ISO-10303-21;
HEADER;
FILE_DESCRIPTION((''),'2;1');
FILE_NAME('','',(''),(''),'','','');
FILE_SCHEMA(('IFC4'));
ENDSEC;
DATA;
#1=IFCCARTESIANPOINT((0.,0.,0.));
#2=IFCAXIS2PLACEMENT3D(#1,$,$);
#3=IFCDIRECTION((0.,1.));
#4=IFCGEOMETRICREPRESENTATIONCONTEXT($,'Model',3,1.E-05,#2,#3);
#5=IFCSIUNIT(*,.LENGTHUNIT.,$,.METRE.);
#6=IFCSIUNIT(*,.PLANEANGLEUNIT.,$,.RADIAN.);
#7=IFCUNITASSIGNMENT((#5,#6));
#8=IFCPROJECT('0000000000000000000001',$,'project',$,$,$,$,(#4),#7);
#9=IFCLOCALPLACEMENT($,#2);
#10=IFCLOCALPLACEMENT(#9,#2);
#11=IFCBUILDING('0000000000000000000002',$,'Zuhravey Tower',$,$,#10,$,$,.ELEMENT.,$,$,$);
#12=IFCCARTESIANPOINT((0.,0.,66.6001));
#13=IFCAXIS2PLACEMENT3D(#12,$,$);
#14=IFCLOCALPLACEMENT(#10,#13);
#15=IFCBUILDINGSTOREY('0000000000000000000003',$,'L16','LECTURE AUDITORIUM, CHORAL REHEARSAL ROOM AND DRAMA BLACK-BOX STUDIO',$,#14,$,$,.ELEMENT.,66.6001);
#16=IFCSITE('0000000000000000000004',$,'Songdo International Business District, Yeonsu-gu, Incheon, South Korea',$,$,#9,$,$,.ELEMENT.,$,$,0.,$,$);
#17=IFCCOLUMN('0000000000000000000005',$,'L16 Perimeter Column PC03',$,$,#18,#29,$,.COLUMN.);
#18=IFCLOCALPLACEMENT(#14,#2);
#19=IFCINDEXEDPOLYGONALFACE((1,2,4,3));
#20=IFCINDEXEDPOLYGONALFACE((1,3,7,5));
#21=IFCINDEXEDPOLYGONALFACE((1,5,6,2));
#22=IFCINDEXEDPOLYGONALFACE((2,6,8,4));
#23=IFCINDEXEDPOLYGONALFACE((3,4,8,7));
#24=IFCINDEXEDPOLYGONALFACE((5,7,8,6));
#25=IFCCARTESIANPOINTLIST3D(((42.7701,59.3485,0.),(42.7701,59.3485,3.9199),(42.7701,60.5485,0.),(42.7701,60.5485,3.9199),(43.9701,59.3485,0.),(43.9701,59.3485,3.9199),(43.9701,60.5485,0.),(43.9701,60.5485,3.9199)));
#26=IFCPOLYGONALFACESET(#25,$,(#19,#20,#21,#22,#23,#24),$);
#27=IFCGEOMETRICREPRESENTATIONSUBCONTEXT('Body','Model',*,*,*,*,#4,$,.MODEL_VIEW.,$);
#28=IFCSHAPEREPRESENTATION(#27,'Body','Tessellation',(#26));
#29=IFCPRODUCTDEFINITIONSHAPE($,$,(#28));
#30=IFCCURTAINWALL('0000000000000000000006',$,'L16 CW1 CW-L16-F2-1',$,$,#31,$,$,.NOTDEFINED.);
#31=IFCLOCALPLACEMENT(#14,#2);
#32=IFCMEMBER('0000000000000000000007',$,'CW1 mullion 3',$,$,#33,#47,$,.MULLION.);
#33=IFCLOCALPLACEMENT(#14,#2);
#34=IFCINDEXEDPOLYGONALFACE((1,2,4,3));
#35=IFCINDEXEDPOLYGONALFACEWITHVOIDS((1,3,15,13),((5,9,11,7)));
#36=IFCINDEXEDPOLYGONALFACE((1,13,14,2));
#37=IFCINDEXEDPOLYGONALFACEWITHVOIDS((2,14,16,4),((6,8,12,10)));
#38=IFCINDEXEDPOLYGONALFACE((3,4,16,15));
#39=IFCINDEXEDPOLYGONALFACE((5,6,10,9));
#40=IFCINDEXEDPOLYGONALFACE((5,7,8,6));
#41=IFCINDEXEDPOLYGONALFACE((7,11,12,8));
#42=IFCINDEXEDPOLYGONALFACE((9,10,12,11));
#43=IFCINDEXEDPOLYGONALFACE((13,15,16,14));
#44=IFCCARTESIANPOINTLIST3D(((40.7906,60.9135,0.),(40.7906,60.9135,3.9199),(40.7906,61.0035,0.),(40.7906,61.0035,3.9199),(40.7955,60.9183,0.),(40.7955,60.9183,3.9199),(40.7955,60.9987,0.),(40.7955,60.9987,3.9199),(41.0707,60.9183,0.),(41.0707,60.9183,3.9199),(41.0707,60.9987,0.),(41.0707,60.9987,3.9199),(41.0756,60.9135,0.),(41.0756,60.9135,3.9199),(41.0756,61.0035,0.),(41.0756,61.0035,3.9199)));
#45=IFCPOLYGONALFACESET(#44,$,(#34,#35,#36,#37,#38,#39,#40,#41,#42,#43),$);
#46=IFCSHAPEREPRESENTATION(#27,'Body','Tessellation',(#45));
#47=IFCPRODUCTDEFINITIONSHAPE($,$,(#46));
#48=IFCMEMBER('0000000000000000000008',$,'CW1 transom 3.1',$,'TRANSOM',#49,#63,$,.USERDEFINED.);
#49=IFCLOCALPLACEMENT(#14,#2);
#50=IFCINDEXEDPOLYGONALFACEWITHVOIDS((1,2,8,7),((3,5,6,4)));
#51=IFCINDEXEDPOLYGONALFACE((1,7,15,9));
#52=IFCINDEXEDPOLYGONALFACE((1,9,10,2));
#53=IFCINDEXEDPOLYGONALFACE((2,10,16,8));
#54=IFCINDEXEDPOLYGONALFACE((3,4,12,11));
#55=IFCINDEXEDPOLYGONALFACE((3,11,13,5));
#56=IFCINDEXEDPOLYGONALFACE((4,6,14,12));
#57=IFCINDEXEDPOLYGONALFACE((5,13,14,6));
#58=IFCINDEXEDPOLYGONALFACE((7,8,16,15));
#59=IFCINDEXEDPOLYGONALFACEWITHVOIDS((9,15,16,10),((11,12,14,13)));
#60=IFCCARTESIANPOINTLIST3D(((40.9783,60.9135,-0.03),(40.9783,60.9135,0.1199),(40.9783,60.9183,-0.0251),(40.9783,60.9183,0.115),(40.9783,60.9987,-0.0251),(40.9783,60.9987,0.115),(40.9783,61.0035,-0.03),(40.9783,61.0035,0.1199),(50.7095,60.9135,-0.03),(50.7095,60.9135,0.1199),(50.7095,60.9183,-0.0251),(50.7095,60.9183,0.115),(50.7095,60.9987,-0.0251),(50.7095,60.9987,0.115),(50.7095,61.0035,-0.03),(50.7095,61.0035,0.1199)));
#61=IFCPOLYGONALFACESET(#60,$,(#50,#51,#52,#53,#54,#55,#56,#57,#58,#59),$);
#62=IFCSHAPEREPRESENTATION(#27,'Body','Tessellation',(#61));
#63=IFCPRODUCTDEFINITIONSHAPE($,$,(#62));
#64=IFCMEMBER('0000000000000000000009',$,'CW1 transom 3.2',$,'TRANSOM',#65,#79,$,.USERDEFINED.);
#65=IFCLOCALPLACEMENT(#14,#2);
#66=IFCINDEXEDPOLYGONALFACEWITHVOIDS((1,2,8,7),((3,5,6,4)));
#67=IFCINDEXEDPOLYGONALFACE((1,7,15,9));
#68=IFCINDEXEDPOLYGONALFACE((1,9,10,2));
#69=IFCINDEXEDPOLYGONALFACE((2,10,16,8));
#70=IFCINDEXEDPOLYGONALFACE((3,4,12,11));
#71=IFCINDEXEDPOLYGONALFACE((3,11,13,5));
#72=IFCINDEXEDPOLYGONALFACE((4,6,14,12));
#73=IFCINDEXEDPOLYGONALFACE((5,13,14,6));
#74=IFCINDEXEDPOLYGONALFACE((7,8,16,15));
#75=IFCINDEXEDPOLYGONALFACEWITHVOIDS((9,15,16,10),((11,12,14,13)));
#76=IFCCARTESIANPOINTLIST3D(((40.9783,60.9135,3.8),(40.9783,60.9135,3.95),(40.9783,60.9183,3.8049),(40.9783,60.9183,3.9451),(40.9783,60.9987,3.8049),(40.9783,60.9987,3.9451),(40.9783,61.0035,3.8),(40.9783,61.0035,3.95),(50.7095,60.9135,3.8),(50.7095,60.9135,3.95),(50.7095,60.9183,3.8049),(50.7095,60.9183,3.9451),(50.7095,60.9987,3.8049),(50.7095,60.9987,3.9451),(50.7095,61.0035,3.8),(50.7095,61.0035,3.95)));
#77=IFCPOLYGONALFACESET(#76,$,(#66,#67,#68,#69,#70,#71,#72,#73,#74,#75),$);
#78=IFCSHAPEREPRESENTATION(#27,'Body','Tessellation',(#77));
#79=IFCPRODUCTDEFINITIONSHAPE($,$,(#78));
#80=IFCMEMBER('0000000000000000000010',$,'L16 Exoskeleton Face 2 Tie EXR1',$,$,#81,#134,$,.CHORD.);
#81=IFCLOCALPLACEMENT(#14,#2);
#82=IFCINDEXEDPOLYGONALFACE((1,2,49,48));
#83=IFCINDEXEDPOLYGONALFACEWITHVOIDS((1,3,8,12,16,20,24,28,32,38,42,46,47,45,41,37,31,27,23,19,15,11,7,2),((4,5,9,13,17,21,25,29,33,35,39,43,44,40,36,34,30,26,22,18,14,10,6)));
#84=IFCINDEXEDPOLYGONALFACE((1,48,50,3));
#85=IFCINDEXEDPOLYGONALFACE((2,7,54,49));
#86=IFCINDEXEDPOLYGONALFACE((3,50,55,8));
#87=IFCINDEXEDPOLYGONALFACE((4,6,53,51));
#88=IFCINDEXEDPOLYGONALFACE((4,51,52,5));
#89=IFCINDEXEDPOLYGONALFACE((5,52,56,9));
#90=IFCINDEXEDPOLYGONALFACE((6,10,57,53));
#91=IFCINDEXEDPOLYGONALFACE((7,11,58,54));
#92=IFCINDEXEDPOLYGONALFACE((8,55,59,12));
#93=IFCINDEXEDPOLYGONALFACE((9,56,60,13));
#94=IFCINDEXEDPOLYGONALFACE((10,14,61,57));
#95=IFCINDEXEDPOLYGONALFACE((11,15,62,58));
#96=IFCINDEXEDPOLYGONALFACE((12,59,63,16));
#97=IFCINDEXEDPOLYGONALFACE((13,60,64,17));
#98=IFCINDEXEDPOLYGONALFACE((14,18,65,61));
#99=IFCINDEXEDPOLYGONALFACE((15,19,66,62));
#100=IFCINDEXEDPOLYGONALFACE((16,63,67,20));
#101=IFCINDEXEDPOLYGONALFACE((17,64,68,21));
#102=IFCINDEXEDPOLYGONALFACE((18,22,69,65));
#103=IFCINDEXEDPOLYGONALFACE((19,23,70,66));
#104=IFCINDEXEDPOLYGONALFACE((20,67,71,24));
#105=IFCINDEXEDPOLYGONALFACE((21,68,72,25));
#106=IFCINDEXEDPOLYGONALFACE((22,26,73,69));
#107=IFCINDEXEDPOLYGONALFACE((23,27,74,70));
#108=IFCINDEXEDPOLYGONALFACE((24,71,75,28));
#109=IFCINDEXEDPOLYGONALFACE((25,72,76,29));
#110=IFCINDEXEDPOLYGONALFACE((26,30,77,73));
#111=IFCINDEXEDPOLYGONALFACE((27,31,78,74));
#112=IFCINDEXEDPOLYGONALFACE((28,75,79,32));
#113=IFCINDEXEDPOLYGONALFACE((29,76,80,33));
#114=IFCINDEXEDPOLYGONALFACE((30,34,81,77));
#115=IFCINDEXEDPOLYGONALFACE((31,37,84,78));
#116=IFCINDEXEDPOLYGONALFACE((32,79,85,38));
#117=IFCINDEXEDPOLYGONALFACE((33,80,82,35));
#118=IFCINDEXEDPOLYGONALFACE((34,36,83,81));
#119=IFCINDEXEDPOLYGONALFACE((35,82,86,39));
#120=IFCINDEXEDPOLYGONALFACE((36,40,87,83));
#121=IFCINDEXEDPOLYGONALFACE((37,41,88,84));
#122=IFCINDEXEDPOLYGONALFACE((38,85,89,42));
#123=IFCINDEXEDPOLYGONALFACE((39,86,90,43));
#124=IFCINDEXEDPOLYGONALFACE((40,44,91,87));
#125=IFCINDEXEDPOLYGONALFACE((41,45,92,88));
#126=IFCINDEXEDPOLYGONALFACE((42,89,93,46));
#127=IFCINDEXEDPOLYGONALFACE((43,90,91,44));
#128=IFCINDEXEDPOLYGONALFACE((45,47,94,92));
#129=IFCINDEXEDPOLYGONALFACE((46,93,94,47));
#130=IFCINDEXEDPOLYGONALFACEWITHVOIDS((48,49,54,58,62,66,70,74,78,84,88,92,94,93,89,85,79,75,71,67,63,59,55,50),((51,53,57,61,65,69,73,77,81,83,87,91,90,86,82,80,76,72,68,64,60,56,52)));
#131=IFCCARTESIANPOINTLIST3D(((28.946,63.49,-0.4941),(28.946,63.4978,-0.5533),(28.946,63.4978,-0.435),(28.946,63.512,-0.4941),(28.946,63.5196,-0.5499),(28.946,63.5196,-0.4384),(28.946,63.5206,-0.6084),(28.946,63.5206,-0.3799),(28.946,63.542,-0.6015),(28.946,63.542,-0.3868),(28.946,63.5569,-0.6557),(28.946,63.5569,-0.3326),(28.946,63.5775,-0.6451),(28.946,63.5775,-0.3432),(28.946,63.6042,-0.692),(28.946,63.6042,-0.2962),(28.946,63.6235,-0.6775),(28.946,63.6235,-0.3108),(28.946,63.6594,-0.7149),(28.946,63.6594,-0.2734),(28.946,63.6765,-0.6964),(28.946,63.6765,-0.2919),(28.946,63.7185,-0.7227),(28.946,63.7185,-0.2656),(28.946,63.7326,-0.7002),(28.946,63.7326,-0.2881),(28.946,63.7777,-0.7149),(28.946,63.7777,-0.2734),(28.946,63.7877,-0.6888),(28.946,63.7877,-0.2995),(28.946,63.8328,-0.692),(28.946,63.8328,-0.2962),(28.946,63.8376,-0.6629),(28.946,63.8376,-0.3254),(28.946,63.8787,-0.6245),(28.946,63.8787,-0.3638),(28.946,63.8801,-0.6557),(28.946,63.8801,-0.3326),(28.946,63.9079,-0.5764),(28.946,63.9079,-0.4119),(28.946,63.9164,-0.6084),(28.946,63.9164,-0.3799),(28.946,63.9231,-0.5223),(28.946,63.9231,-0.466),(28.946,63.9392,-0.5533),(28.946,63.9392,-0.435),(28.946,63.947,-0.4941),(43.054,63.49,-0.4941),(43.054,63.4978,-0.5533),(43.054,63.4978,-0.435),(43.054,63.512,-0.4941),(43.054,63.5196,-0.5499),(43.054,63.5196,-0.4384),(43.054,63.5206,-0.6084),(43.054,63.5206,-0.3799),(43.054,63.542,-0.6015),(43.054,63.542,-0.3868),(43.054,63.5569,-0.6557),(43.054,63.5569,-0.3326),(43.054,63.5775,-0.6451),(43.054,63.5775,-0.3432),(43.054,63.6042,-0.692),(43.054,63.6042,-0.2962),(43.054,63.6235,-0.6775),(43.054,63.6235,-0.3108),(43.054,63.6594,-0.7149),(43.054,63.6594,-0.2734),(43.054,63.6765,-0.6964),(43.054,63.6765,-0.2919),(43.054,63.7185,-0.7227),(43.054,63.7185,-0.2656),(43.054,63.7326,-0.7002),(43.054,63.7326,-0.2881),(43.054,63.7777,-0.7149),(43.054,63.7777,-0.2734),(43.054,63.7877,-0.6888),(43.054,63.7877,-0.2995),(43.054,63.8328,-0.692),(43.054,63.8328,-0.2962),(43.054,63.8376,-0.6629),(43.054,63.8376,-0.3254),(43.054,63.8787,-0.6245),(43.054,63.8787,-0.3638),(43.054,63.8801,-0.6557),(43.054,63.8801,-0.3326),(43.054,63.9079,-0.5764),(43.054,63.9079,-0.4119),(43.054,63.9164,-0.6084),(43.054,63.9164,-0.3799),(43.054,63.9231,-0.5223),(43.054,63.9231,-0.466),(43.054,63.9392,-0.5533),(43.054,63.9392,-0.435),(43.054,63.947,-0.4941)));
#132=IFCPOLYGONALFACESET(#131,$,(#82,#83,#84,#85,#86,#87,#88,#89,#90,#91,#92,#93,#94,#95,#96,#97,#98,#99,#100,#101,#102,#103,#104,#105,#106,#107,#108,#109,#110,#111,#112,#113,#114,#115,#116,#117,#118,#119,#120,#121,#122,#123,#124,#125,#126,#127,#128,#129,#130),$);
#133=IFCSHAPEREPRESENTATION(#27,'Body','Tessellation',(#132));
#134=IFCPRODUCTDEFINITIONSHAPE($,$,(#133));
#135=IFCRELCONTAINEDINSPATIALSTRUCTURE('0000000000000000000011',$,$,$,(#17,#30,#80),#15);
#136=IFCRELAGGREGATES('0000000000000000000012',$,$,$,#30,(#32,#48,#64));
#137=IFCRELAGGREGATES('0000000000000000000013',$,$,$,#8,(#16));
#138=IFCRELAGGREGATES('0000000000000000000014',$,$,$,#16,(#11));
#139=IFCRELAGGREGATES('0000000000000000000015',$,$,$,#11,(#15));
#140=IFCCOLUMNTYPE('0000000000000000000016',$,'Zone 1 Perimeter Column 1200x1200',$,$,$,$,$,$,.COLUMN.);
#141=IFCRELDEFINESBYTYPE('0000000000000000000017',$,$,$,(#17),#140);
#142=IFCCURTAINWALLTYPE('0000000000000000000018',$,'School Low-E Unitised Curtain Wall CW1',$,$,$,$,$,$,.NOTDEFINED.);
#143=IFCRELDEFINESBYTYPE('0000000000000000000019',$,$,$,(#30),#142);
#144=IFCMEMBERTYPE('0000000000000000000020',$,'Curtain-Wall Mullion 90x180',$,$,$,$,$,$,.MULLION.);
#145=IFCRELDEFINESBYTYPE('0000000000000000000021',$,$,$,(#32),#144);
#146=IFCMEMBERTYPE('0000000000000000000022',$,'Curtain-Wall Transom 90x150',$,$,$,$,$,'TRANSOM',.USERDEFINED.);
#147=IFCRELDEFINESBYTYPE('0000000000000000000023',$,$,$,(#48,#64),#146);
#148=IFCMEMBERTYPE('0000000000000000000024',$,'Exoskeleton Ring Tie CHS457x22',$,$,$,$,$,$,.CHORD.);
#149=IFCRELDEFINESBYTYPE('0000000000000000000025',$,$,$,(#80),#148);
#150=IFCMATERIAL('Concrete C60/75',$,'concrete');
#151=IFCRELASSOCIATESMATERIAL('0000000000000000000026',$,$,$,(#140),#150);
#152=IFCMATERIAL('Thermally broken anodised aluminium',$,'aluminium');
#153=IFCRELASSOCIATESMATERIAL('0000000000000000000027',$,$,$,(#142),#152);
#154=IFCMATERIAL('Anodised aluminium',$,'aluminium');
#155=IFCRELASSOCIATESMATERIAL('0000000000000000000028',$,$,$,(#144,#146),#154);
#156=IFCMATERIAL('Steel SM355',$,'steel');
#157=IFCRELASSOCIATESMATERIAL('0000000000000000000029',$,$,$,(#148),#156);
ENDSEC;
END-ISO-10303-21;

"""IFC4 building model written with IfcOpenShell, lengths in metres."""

from ifc_helpers import new_model, si_unit, direction, frame, origin, origin_2d, place, context, subcontext, project, spatial, rectangle, hollow_rectangle, hollow_circle, extrude, material, material_profile, profile_set, type_object, element, aggregate, save


model = new_model("IFC4")

# Units and contexts
model_context = context("Model", 3, precision=1e-05, world=origin(), true_north=direction((0.0, 1.0)))
body_context = subcontext(model_context, "Body", "Model", "MODEL_VIEW")
ifc_project = project(units=[si_unit("LENGTHUNIT", "METRE"), si_unit("PLANEANGLEUNIT", "RADIAN")], contexts=[model_context])

# Site, building, storey
site_placement = place(None, origin())
site = spatial("IfcSite", under=ifc_project, at=site_placement, Name="Songdo International Business District, Yeonsu-gu, Incheon, South Korea", CompositionType="ELEMENT", RefElevation=0.0)
building_placement = place(site_placement, origin())
building = spatial("IfcBuilding", under=site, at=building_placement, Name="Zuhravey Tower", CompositionType="ELEMENT")
storey_placement = place(building_placement, frame((0.0, 0.0, 66.6001)))
storey = spatial("IfcBuildingStorey", under=building, at=storey_placement, Name="L16", Description="LECTURE AUDITORIUM, CHORAL REHEARSAL ROOM AND DRAMA BLACK-BOX STUDIO", CompositionType="ELEMENT", Elevation=66.6001)

# Column
ifc_material_1 = material(Name="Concrete C60/75", Category="concrete")
ifc_material_profile_1 = material_profile(ifc_material_1, rectangle(XDim=1.2, YDim=1.2, at=origin_2d()), Name="RC-1200x1200")
ifc_profile_set_1 = profile_set([ifc_material_profile_1], Name="Concrete C60/75")
column_type = type_object("IfcColumnType", Name="Zone 1 Perimeter Column 1200x1200", PredefinedType="COLUMN", material=ifc_profile_set_1)
column_placement = place(storey_placement, frame((43.3701, 59.9485, 0.0), z_axis=(0.0, 0.0, 1.0), x_axis=(-1.0, 0.0, 0.0)))
element("IfcColumn", 1, at=column_placement, inside=storey, type_object=column_type, Name="L16 Perimeter Column PC03", PredefinedType="COLUMN", context=body_context, shape_type="SweptSolid", body=[
    extrude(rectangle(XDim=1.2, YDim=1.2, at=origin_2d()), origin(), (0.0, 0.0, 1.0), 3.9199),
])

# Curtain wall, members
ifc_material_2 = material(Name="Thermally broken anodised aluminium", Category="aluminium")
curtain_wall_type = type_object("IfcCurtainWallType", Name="School Low-E Unitised Curtain Wall CW1", PredefinedType="NOTDEFINED", material=ifc_material_2)
curtain_wall_placement = place(storey_placement, origin())
curtain_wall = element("IfcCurtainWall", 2, at=curtain_wall_placement, inside=storey, type_object=curtain_wall_type, Name="L16 CW1 CW-L16-F2-1", PredefinedType="NOTDEFINED")
ifc_material_3 = material(Name="Anodised aluminium", Category="aluminium")
ifc_material_profile_2 = material_profile(ifc_material_3, hollow_rectangle(XDim=0.0901, YDim=0.2849, WallThickness=0.0049, at=origin_2d()), Name="ALU-RHS-90x285x5")
ifc_profile_set_2 = profile_set([ifc_material_profile_2], Name="Anodised aluminium")
member_type_1 = type_object("IfcMemberType", Name="Curtain-Wall Mullion 90x180", PredefinedType="MULLION", material=ifc_profile_set_2)
member_1_placement = place(storey_placement, frame((40.9331, 60.9585, 0.0), z_axis=(0.0, 0.0, 1.0), x_axis=(0.0, 1.0, 0.0)))
member_1 = element("IfcMember", 3, at=member_1_placement, type_object=member_type_1, Name="CW1 mullion 3", PredefinedType="MULLION", context=body_context, shape_type="SweptSolid", body=[
    extrude(hollow_rectangle(XDim=0.0901, YDim=0.2849, WallThickness=0.0049, at=origin_2d()), origin(), (0.0, 0.0, 1.0), 3.9199),
])
ifc_material_profile_3 = material_profile(ifc_material_3, hollow_rectangle(XDim=0.0901, YDim=0.1499, WallThickness=0.0049, at=origin_2d()), Name="ALU-RHS-90x150x5")
ifc_profile_set_3 = profile_set([ifc_material_profile_3], Name="Anodised aluminium")
member_type_2 = type_object("IfcMemberType", Name="Curtain-Wall Transom 90x150", ElementType="TRANSOM", PredefinedType="USERDEFINED", material=ifc_profile_set_3)
member_2_placement = place(storey_placement, frame((40.9783, 60.9585, 0.0449), z_axis=(1.0, 0.0, 0.0), x_axis=(0.0, 1.0, 0.0)))
member_2 = element("IfcMember", 4, at=member_2_placement, type_object=member_type_2, Name="CW1 transom 3.1", ObjectType="TRANSOM", PredefinedType="USERDEFINED", context=body_context, shape_type="SweptSolid", body=[
    extrude(hollow_rectangle(XDim=0.0901, YDim=0.1499, WallThickness=0.0049, at=origin_2d()), origin(), (0.0, 0.0, 1.0), 9.7312),
])
member_3_placement = place(storey_placement, frame((40.9783, 60.9585, 3.875), z_axis=(1.0, 0.0, 0.0), x_axis=(0.0, 1.0, 0.0)))
member_3 = element("IfcMember", 5, at=member_3_placement, type_object=member_type_2, Name="CW1 transom 3.2", ObjectType="TRANSOM", PredefinedType="USERDEFINED", context=body_context, shape_type="SweptSolid", body=[
    extrude(hollow_rectangle(XDim=0.0901, YDim=0.1499, WallThickness=0.0049, at=origin_2d()), origin(), (0.0, 0.0, 1.0), 9.7312),
])

# Member
ifc_material_4 = material(Name="Steel SM355", Category="steel")
ifc_material_profile_4 = material_profile(ifc_material_4, hollow_circle(Radius=0.2285, WallThickness=0.022, at=origin_2d()), Name="CHS-457.2x22")
ifc_profile_set_4 = profile_set([ifc_material_profile_4], Name="Steel SM355")
member_type_3 = type_object("IfcMemberType", Name="Exoskeleton Ring Tie CHS457x22", PredefinedType="CHORD", material=ifc_profile_set_4)
member_4_placement = place(storey_placement, frame((43.054, 63.7185, -0.4941), z_axis=(-1.0, 0.0, 0.0), x_axis=(0.0, -1.0, 0.0)))
element("IfcMember", 6, at=member_4_placement, inside=storey, type_object=member_type_3, Name="L16 Exoskeleton Face 2 Tie EXR1", PredefinedType="CHORD", context=body_context, shape_type="SweptSolid", body=[
    extrude(hollow_circle(Radius=0.2285, WallThickness=0.022, at=origin_2d()), origin(), (0.0, 0.0, 1.0), 14.1079),
])

aggregate(curtain_wall, [member_1, member_2, member_3])

save(model, "model.ifc")
